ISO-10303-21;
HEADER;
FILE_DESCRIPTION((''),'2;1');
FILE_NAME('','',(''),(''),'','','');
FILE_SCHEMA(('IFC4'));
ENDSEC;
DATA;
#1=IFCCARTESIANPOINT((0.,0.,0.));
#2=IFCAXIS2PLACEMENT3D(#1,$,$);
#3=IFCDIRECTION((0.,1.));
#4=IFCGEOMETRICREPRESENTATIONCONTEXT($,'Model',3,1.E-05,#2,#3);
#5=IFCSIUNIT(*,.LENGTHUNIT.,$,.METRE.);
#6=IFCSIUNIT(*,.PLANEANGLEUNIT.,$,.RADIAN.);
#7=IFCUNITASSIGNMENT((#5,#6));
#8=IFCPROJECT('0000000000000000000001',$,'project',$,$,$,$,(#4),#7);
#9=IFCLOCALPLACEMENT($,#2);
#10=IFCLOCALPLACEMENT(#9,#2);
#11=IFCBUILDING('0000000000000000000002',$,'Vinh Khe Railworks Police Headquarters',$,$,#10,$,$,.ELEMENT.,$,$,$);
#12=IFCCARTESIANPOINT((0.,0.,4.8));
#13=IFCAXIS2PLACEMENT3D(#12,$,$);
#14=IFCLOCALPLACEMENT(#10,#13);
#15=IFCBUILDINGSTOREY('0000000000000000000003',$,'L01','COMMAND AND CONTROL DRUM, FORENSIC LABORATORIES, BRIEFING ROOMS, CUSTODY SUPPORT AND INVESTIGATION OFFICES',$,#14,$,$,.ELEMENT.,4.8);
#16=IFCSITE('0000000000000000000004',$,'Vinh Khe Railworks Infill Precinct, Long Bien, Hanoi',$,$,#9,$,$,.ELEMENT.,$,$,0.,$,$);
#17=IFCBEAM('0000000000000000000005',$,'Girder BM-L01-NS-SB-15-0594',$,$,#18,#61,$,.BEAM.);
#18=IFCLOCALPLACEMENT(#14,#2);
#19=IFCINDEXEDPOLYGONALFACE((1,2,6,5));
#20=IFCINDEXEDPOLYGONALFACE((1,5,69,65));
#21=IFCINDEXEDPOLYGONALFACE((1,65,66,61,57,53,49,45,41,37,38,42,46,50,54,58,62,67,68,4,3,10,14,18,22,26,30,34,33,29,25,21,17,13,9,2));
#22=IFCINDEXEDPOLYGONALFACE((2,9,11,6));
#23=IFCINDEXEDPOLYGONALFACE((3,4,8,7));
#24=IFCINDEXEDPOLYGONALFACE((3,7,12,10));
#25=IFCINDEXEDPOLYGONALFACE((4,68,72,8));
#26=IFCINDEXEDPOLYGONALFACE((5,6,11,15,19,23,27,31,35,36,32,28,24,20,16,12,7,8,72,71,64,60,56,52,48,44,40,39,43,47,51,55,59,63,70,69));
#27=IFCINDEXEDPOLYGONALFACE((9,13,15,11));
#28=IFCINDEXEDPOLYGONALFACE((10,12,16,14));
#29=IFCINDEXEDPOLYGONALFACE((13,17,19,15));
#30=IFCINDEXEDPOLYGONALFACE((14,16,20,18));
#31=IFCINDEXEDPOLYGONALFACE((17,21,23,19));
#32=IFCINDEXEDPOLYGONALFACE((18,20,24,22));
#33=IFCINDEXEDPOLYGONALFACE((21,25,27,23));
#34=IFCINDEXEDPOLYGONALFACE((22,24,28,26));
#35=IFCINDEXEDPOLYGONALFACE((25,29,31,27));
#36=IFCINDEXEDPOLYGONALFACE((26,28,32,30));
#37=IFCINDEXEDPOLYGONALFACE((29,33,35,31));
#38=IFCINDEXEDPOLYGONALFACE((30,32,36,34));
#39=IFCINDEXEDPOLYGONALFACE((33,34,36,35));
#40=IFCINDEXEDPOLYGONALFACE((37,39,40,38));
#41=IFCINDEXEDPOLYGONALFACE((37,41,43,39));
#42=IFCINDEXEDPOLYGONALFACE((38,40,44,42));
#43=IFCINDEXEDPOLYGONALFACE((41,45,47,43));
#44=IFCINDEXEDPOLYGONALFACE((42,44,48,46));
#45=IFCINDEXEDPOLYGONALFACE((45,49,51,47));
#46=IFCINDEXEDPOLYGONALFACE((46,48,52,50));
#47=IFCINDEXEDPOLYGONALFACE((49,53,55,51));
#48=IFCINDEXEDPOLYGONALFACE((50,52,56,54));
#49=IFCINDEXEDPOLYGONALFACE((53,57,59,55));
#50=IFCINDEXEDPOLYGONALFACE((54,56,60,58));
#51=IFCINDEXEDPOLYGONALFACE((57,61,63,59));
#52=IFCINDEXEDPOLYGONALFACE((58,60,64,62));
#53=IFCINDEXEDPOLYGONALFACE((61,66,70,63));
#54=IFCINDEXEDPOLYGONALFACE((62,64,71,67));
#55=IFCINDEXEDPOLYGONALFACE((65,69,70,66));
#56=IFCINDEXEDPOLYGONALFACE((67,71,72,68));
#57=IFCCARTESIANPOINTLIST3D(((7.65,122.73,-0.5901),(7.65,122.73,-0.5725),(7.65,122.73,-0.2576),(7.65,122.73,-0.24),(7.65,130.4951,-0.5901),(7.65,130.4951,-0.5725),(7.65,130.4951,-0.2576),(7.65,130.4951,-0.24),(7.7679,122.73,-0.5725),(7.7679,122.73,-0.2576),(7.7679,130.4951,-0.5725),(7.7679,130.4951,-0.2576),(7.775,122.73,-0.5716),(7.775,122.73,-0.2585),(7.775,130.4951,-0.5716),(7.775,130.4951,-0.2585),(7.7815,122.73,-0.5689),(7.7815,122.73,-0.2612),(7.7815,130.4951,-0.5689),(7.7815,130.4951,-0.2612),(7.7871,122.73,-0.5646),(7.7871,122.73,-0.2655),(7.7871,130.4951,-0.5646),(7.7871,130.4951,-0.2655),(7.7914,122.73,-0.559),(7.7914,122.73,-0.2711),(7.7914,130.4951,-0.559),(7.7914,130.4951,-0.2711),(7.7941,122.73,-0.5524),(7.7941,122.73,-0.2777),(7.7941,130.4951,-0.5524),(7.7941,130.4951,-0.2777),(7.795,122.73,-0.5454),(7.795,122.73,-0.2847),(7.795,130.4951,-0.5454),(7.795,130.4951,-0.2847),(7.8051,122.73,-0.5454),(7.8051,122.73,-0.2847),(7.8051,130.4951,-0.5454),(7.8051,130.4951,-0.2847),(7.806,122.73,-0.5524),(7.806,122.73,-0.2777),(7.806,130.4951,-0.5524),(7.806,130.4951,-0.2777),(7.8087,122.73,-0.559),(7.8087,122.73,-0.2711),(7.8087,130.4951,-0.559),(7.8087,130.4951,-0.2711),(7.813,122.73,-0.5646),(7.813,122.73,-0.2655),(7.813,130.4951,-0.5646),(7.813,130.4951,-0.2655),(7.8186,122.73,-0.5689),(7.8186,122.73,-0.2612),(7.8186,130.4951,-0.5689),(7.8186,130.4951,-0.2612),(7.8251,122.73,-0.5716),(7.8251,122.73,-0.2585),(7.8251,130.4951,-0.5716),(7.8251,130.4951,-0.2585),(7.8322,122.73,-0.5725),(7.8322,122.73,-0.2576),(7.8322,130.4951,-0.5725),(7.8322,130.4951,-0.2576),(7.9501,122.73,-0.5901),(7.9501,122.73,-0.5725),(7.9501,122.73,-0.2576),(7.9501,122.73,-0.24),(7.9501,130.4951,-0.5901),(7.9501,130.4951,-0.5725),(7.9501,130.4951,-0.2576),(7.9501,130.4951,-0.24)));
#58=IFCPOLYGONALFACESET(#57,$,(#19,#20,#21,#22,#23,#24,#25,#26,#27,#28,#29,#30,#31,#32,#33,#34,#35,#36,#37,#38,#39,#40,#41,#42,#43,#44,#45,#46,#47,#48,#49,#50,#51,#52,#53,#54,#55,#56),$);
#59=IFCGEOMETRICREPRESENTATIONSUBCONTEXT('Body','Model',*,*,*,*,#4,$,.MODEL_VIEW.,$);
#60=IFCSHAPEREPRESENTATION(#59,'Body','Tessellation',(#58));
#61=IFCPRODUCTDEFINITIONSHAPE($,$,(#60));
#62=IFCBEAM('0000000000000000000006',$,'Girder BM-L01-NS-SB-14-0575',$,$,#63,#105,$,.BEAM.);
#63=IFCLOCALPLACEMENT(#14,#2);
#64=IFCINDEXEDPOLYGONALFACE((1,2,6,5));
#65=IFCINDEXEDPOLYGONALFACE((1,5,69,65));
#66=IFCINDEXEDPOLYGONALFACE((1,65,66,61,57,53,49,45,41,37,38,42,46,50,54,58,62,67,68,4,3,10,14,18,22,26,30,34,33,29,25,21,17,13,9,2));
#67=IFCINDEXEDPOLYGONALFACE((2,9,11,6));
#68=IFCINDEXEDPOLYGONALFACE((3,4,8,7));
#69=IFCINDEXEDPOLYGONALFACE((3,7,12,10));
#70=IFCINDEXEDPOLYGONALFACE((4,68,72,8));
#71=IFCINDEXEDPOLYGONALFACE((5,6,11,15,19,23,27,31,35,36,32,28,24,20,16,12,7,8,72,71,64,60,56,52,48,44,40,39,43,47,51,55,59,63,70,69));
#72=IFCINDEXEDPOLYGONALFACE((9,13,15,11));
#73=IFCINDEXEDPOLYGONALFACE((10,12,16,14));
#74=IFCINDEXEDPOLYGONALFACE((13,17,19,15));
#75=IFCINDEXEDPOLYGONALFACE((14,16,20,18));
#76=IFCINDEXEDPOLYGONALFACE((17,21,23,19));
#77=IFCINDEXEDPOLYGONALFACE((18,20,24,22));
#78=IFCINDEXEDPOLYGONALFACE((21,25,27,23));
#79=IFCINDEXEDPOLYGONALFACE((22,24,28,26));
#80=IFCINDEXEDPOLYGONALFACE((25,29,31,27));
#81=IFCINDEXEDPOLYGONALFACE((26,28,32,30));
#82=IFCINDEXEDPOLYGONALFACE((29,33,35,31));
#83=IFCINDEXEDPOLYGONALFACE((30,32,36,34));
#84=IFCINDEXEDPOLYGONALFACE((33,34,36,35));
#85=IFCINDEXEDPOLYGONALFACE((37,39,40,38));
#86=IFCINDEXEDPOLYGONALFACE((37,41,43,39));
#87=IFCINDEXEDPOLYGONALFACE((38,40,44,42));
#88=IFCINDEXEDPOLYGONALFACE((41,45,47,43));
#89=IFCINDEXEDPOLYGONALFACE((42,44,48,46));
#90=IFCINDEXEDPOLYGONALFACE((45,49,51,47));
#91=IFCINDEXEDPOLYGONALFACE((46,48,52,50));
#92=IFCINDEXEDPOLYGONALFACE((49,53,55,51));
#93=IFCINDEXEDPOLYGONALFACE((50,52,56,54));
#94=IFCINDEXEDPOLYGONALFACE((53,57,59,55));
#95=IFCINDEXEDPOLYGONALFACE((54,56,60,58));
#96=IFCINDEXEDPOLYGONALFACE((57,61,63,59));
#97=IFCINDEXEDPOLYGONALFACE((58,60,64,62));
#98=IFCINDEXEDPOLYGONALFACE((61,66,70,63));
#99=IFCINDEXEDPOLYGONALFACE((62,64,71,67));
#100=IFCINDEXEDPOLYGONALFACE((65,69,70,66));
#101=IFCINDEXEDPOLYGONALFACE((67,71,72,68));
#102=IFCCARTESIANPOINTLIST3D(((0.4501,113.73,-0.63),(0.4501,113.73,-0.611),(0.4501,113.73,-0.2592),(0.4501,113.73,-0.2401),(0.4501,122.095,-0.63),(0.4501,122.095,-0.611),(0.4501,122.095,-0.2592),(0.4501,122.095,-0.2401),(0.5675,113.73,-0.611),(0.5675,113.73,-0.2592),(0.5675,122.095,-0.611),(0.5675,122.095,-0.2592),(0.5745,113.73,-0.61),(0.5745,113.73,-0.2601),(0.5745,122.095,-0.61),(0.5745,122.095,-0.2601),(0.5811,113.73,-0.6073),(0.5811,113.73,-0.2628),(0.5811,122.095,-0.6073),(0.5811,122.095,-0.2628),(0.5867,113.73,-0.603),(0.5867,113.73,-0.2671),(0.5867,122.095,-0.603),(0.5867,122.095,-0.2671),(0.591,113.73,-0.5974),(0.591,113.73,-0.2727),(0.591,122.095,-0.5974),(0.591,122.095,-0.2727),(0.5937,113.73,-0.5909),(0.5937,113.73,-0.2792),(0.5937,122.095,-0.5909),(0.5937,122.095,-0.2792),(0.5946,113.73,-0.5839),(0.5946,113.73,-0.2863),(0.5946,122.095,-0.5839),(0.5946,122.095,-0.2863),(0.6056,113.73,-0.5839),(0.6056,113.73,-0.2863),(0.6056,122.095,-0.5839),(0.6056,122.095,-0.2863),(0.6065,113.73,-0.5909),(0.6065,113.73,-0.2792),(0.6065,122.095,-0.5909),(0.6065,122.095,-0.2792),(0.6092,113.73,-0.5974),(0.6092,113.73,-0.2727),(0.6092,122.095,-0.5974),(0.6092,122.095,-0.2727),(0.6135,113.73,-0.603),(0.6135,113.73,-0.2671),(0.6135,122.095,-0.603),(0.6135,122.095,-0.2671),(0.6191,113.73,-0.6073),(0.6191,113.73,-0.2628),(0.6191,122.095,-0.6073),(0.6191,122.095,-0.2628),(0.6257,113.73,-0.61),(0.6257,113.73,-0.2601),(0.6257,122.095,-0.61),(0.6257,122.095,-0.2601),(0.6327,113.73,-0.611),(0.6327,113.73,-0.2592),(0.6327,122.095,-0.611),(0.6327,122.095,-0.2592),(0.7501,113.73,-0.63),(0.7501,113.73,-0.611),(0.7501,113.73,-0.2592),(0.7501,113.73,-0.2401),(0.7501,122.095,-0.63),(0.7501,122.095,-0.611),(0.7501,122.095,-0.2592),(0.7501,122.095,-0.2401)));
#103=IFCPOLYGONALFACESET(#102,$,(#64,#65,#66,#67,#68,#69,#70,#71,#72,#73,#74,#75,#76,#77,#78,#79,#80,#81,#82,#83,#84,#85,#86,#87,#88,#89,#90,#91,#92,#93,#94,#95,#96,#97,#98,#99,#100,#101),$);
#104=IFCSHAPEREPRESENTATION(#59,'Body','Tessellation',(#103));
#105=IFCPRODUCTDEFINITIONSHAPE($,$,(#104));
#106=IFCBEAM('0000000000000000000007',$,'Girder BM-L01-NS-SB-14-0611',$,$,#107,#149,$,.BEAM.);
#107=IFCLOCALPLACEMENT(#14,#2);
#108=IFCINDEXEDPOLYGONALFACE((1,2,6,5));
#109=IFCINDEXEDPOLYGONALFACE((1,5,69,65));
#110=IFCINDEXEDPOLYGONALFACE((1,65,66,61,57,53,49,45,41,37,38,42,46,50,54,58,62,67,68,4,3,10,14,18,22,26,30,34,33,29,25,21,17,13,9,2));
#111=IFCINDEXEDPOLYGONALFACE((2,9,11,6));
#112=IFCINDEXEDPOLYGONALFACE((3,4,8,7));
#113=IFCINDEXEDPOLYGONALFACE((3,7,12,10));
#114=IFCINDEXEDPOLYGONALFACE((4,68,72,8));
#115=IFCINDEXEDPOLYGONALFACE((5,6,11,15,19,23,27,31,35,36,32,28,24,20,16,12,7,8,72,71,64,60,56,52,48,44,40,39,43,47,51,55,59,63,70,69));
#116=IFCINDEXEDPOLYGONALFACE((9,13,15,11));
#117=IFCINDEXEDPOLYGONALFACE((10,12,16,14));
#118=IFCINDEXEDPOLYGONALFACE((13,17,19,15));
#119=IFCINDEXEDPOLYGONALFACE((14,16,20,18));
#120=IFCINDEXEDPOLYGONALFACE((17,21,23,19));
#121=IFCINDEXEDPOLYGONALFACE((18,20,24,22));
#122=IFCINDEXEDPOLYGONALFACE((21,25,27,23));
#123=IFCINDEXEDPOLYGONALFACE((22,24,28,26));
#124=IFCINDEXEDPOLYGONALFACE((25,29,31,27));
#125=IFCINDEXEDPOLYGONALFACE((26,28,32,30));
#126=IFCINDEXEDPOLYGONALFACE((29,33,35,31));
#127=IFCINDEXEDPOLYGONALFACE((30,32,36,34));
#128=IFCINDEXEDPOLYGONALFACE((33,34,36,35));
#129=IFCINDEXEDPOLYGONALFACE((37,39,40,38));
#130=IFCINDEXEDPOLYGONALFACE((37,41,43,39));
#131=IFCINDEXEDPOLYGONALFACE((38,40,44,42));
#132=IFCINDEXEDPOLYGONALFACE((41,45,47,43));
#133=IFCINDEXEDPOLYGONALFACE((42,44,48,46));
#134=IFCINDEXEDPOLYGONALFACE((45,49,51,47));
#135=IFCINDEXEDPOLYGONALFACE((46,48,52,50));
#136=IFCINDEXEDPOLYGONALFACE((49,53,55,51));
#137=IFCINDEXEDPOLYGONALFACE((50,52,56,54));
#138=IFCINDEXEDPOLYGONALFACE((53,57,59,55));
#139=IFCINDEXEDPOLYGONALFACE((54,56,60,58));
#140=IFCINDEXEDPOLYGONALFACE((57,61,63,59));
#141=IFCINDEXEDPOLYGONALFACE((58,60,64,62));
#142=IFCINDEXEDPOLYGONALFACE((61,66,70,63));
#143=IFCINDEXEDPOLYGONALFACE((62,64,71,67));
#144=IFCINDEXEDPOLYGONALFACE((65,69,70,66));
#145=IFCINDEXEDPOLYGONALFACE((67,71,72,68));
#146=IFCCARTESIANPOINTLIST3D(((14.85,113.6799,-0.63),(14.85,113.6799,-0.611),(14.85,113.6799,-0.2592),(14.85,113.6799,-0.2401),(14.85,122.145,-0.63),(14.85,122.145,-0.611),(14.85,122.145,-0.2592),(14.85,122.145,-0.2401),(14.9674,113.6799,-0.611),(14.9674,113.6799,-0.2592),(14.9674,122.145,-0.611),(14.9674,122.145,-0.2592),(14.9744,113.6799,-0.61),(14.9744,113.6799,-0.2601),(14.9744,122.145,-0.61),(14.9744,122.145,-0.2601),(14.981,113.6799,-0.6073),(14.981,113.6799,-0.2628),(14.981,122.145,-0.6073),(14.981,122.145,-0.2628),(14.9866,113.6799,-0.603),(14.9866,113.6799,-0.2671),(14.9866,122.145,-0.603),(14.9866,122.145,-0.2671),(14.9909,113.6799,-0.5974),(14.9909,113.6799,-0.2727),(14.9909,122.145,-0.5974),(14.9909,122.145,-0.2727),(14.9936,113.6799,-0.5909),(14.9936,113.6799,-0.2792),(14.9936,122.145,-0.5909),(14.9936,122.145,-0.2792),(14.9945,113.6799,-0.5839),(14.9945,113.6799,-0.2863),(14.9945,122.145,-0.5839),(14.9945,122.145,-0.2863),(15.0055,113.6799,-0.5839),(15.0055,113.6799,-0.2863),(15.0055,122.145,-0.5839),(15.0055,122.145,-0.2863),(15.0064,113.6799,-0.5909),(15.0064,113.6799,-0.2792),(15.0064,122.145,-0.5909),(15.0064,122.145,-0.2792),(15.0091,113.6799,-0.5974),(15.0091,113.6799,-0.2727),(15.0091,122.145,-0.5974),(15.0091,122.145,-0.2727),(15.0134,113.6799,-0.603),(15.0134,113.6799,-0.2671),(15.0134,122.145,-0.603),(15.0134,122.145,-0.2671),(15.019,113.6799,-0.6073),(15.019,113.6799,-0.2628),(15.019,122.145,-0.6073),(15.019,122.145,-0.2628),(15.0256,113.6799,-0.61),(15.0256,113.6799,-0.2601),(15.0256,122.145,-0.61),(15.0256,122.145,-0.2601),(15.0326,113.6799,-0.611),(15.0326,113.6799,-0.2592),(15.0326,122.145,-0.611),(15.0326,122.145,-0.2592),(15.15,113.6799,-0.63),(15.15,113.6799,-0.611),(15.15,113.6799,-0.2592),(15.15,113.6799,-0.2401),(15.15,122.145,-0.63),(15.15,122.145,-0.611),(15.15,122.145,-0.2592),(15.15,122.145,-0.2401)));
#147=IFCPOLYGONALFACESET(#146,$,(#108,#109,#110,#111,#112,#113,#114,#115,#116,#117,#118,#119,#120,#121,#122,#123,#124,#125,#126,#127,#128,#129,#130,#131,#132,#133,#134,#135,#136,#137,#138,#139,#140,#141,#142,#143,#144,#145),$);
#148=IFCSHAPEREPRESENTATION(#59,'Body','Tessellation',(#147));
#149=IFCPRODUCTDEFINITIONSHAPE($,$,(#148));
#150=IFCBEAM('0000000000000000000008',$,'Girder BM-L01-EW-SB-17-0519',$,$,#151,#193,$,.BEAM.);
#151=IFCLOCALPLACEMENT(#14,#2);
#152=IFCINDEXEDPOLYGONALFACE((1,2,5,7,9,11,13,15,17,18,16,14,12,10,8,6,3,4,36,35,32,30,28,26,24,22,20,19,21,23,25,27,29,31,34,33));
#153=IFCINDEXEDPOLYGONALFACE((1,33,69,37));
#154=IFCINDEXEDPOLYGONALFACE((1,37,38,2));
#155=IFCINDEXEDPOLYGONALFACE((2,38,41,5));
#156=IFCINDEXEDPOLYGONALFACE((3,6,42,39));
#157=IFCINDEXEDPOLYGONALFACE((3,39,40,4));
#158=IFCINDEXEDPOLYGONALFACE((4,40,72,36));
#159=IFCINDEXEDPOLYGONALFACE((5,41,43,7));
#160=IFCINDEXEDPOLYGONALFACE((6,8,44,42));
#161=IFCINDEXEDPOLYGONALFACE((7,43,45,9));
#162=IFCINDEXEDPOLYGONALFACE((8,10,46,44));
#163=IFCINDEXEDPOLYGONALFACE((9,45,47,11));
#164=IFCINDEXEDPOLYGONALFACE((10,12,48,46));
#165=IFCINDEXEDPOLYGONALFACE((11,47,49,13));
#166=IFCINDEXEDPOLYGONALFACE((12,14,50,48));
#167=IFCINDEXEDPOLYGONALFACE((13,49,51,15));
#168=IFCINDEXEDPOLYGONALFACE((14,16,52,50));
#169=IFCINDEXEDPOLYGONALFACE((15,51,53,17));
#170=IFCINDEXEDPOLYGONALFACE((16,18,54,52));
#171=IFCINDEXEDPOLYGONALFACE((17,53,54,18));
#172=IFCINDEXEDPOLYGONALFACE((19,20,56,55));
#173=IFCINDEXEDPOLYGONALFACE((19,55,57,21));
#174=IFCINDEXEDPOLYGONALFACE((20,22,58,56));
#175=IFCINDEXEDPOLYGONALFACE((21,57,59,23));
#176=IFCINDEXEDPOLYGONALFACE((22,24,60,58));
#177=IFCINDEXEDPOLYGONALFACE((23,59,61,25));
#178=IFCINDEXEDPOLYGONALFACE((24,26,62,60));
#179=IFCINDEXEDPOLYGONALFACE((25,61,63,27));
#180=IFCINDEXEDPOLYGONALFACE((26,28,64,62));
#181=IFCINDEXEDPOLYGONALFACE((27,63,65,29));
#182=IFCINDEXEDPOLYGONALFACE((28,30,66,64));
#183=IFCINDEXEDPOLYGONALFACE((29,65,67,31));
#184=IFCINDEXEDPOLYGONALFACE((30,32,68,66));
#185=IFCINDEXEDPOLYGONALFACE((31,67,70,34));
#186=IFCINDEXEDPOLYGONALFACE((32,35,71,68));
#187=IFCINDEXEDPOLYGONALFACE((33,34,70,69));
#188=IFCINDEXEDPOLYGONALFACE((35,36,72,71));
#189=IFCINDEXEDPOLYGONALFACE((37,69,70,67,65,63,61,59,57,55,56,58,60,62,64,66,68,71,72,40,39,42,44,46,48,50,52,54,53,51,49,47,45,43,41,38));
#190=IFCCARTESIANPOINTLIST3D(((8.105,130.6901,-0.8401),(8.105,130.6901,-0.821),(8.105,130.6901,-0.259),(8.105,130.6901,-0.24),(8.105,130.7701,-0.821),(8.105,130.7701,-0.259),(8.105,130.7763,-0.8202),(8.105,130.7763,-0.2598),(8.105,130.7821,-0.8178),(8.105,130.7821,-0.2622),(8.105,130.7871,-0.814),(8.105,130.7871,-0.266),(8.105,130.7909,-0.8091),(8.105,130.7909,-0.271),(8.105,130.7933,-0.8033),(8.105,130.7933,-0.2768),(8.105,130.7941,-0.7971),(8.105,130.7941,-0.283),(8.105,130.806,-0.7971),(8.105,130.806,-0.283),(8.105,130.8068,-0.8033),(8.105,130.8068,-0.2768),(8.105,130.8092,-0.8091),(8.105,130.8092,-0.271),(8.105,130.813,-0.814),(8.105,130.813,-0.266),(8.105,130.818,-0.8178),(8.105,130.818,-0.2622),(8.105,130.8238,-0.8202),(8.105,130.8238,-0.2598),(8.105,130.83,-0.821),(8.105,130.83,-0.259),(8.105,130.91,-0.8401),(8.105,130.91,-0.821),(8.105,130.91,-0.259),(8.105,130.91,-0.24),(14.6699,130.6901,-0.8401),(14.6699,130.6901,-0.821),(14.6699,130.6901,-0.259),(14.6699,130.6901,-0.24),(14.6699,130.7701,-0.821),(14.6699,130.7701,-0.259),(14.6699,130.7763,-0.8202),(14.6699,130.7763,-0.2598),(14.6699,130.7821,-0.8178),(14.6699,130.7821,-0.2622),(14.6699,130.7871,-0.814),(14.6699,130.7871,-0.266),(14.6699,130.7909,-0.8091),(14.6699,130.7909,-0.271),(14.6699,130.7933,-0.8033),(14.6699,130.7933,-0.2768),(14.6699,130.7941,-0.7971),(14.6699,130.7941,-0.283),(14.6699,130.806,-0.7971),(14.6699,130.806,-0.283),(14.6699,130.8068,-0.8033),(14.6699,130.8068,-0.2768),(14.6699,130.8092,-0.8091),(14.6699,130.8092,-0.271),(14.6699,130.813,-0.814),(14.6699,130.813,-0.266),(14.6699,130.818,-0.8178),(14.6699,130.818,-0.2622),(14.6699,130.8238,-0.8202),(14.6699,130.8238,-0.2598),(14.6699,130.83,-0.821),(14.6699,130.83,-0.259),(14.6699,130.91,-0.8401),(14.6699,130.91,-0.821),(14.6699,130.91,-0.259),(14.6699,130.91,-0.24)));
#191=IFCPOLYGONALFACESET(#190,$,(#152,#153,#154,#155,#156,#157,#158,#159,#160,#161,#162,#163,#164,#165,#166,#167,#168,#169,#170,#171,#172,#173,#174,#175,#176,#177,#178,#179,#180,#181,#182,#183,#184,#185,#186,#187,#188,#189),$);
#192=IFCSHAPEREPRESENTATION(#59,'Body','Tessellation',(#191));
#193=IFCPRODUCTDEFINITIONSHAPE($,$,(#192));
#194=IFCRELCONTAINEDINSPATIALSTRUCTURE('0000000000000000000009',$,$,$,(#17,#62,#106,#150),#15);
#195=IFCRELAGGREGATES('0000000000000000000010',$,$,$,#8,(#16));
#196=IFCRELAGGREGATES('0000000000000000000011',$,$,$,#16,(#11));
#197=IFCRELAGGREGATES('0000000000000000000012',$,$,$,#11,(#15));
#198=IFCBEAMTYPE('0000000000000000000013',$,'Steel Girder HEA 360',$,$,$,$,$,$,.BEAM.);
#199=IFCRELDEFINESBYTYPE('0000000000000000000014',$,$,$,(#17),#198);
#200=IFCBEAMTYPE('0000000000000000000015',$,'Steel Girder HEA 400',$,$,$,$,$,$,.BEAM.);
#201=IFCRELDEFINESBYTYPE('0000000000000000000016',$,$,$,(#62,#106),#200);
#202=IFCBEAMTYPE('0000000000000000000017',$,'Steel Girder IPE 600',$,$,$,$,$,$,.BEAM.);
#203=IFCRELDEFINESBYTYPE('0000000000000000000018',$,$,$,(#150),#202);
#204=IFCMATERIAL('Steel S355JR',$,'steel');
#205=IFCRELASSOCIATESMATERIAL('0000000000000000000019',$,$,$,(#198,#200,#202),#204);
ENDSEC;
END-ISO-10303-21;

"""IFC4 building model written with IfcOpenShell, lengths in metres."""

from ifc_helpers import new_model, si_unit, direction, frame, origin, origin_2d, place, context, subcontext, project, spatial, i_section, extrude, material, material_profile, profile_set, type_object, element, save


model = new_model("IFC4")

# Units and contexts
model_context = context("Model", 3, precision=1e-05, world=origin(), true_north=direction((0.0, 1.0)))
body_context = subcontext(model_context, "Body", "Model", "MODEL_VIEW")
ifc_project = project(units=[si_unit("LENGTHUNIT", "METRE"), si_unit("PLANEANGLEUNIT", "RADIAN")], contexts=[model_context])

# Site, building, storey
site_placement = place(None, origin())
site = spatial("IfcSite", under=ifc_project, at=site_placement, Name="Vinh Khe Railworks Infill Precinct, Long Bien, Hanoi", CompositionType="ELEMENT", RefElevation=0.0)
building_placement = place(site_placement, origin())
building = spatial("IfcBuilding", under=site, at=building_placement, Name="Vinh Khe Railworks Police Headquarters", CompositionType="ELEMENT")
storey_placement = place(building_placement, frame((0.0, 0.0, 4.8)))
storey = spatial("IfcBuildingStorey", under=building, at=storey_placement, Name="L01", Description="COMMAND AND CONTROL DRUM, FORENSIC LABORATORIES, BRIEFING ROOMS, CUSTODY SUPPORT AND INVESTIGATION OFFICES", CompositionType="ELEMENT", Elevation=4.8)

# Beams
ifc_material_1 = material(Name="Steel S355JR", Category="steel")
ifc_material_profile_1 = material_profile(ifc_material_1, i_section(OverallWidth=0.3, OverallDepth=0.3501, WebThickness=0.01, FlangeThickness=0.0176, FilletRadius=0.0271, at=origin_2d()), Name="HEA 360")
ifc_profile_set_1 = profile_set([ifc_material_profile_1], Name="Steel S355JR")
beam_type_1 = type_object("IfcBeamType", Name="Steel Girder HEA 360", PredefinedType="BEAM", material=ifc_profile_set_1)
beam_1_placement = place(storey_placement, frame((7.8, 122.73, -0.415), z_axis=(0.0, 1.0, 0.0), x_axis=(-1.0, 0.0, 0.0)))
element("IfcBeam", 1, at=beam_1_placement, inside=storey, type_object=beam_type_1, Name="Girder BM-L01-NS-SB-15-0594", PredefinedType="BEAM", context=body_context, shape_type="SweptSolid", body=[
    extrude(i_section(OverallWidth=0.3, OverallDepth=0.3501, WebThickness=0.01, FlangeThickness=0.0176, FilletRadius=0.0271, at=origin_2d()), origin(), (0.0, 0.0, 1.0), 7.7651),
])
ifc_material_profile_2 = material_profile(ifc_material_1, i_section(OverallWidth=0.3, OverallDepth=0.3899, WebThickness=0.011, FlangeThickness=0.019, FilletRadius=0.0271, at=origin_2d()), Name="HEA 400")
ifc_profile_set_2 = profile_set([ifc_material_profile_2], Name="Steel S355JR")
beam_type_2 = type_object("IfcBeamType", Name="Steel Girder HEA 400", PredefinedType="BEAM", material=ifc_profile_set_2)
beam_2_placement = place(storey_placement, frame((0.6001, 113.73, -0.4351), z_axis=(0.0, 1.0, 0.0), x_axis=(-1.0, 0.0, 0.0)))
element("IfcBeam", 2, at=beam_2_placement, inside=storey, type_object=beam_type_2, Name="Girder BM-L01-NS-SB-14-0575", PredefinedType="BEAM", context=body_context, shape_type="SweptSolid", body=[
    extrude(i_section(OverallWidth=0.3, OverallDepth=0.3899, WebThickness=0.011, FlangeThickness=0.019, FilletRadius=0.0271, at=origin_2d()), origin(), (0.0, 0.0, 1.0), 8.365),
])
beam_3_placement = place(storey_placement, frame((15.0, 113.6799, -0.4351), z_axis=(0.0, 1.0, 0.0), x_axis=(-1.0, 0.0, 0.0)))
element("IfcBeam", 3, at=beam_3_placement, inside=storey, type_object=beam_type_2, Name="Girder BM-L01-NS-SB-14-0611", PredefinedType="BEAM", context=body_context, shape_type="SweptSolid", body=[
    extrude(i_section(OverallWidth=0.3, OverallDepth=0.3899, WebThickness=0.011, FlangeThickness=0.019, FilletRadius=0.0271, at=origin_2d()), origin(), (0.0, 0.0, 1.0), 8.4651),
])
ifc_material_profile_3 = material_profile(ifc_material_1, i_section(OverallWidth=0.22, OverallDepth=0.6001, WebThickness=0.012, FlangeThickness=0.019, FilletRadius=0.0239, at=origin_2d()), Name="IPE 600")
ifc_profile_set_3 = profile_set([ifc_material_profile_3], Name="Steel S355JR")
beam_type_3 = type_object("IfcBeamType", Name="Steel Girder IPE 600", PredefinedType="BEAM", material=ifc_profile_set_3)
beam_4_placement = place(storey_placement, frame((8.105, 130.8, -0.54), z_axis=(1.0, 0.0, 0.0), x_axis=(0.0, 1.0, 0.0)))
element("IfcBeam", 4, at=beam_4_placement, inside=storey, type_object=beam_type_3, Name="Girder BM-L01-EW-SB-17-0519", PredefinedType="BEAM", context=body_context, shape_type="SweptSolid", body=[
    extrude(i_section(OverallWidth=0.22, OverallDepth=0.6001, WebThickness=0.012, FlangeThickness=0.019, FilletRadius=0.0239, at=origin_2d()), origin(), (0.0, 0.0, 1.0), 6.5649),
])

save(model, "model.ifc")
